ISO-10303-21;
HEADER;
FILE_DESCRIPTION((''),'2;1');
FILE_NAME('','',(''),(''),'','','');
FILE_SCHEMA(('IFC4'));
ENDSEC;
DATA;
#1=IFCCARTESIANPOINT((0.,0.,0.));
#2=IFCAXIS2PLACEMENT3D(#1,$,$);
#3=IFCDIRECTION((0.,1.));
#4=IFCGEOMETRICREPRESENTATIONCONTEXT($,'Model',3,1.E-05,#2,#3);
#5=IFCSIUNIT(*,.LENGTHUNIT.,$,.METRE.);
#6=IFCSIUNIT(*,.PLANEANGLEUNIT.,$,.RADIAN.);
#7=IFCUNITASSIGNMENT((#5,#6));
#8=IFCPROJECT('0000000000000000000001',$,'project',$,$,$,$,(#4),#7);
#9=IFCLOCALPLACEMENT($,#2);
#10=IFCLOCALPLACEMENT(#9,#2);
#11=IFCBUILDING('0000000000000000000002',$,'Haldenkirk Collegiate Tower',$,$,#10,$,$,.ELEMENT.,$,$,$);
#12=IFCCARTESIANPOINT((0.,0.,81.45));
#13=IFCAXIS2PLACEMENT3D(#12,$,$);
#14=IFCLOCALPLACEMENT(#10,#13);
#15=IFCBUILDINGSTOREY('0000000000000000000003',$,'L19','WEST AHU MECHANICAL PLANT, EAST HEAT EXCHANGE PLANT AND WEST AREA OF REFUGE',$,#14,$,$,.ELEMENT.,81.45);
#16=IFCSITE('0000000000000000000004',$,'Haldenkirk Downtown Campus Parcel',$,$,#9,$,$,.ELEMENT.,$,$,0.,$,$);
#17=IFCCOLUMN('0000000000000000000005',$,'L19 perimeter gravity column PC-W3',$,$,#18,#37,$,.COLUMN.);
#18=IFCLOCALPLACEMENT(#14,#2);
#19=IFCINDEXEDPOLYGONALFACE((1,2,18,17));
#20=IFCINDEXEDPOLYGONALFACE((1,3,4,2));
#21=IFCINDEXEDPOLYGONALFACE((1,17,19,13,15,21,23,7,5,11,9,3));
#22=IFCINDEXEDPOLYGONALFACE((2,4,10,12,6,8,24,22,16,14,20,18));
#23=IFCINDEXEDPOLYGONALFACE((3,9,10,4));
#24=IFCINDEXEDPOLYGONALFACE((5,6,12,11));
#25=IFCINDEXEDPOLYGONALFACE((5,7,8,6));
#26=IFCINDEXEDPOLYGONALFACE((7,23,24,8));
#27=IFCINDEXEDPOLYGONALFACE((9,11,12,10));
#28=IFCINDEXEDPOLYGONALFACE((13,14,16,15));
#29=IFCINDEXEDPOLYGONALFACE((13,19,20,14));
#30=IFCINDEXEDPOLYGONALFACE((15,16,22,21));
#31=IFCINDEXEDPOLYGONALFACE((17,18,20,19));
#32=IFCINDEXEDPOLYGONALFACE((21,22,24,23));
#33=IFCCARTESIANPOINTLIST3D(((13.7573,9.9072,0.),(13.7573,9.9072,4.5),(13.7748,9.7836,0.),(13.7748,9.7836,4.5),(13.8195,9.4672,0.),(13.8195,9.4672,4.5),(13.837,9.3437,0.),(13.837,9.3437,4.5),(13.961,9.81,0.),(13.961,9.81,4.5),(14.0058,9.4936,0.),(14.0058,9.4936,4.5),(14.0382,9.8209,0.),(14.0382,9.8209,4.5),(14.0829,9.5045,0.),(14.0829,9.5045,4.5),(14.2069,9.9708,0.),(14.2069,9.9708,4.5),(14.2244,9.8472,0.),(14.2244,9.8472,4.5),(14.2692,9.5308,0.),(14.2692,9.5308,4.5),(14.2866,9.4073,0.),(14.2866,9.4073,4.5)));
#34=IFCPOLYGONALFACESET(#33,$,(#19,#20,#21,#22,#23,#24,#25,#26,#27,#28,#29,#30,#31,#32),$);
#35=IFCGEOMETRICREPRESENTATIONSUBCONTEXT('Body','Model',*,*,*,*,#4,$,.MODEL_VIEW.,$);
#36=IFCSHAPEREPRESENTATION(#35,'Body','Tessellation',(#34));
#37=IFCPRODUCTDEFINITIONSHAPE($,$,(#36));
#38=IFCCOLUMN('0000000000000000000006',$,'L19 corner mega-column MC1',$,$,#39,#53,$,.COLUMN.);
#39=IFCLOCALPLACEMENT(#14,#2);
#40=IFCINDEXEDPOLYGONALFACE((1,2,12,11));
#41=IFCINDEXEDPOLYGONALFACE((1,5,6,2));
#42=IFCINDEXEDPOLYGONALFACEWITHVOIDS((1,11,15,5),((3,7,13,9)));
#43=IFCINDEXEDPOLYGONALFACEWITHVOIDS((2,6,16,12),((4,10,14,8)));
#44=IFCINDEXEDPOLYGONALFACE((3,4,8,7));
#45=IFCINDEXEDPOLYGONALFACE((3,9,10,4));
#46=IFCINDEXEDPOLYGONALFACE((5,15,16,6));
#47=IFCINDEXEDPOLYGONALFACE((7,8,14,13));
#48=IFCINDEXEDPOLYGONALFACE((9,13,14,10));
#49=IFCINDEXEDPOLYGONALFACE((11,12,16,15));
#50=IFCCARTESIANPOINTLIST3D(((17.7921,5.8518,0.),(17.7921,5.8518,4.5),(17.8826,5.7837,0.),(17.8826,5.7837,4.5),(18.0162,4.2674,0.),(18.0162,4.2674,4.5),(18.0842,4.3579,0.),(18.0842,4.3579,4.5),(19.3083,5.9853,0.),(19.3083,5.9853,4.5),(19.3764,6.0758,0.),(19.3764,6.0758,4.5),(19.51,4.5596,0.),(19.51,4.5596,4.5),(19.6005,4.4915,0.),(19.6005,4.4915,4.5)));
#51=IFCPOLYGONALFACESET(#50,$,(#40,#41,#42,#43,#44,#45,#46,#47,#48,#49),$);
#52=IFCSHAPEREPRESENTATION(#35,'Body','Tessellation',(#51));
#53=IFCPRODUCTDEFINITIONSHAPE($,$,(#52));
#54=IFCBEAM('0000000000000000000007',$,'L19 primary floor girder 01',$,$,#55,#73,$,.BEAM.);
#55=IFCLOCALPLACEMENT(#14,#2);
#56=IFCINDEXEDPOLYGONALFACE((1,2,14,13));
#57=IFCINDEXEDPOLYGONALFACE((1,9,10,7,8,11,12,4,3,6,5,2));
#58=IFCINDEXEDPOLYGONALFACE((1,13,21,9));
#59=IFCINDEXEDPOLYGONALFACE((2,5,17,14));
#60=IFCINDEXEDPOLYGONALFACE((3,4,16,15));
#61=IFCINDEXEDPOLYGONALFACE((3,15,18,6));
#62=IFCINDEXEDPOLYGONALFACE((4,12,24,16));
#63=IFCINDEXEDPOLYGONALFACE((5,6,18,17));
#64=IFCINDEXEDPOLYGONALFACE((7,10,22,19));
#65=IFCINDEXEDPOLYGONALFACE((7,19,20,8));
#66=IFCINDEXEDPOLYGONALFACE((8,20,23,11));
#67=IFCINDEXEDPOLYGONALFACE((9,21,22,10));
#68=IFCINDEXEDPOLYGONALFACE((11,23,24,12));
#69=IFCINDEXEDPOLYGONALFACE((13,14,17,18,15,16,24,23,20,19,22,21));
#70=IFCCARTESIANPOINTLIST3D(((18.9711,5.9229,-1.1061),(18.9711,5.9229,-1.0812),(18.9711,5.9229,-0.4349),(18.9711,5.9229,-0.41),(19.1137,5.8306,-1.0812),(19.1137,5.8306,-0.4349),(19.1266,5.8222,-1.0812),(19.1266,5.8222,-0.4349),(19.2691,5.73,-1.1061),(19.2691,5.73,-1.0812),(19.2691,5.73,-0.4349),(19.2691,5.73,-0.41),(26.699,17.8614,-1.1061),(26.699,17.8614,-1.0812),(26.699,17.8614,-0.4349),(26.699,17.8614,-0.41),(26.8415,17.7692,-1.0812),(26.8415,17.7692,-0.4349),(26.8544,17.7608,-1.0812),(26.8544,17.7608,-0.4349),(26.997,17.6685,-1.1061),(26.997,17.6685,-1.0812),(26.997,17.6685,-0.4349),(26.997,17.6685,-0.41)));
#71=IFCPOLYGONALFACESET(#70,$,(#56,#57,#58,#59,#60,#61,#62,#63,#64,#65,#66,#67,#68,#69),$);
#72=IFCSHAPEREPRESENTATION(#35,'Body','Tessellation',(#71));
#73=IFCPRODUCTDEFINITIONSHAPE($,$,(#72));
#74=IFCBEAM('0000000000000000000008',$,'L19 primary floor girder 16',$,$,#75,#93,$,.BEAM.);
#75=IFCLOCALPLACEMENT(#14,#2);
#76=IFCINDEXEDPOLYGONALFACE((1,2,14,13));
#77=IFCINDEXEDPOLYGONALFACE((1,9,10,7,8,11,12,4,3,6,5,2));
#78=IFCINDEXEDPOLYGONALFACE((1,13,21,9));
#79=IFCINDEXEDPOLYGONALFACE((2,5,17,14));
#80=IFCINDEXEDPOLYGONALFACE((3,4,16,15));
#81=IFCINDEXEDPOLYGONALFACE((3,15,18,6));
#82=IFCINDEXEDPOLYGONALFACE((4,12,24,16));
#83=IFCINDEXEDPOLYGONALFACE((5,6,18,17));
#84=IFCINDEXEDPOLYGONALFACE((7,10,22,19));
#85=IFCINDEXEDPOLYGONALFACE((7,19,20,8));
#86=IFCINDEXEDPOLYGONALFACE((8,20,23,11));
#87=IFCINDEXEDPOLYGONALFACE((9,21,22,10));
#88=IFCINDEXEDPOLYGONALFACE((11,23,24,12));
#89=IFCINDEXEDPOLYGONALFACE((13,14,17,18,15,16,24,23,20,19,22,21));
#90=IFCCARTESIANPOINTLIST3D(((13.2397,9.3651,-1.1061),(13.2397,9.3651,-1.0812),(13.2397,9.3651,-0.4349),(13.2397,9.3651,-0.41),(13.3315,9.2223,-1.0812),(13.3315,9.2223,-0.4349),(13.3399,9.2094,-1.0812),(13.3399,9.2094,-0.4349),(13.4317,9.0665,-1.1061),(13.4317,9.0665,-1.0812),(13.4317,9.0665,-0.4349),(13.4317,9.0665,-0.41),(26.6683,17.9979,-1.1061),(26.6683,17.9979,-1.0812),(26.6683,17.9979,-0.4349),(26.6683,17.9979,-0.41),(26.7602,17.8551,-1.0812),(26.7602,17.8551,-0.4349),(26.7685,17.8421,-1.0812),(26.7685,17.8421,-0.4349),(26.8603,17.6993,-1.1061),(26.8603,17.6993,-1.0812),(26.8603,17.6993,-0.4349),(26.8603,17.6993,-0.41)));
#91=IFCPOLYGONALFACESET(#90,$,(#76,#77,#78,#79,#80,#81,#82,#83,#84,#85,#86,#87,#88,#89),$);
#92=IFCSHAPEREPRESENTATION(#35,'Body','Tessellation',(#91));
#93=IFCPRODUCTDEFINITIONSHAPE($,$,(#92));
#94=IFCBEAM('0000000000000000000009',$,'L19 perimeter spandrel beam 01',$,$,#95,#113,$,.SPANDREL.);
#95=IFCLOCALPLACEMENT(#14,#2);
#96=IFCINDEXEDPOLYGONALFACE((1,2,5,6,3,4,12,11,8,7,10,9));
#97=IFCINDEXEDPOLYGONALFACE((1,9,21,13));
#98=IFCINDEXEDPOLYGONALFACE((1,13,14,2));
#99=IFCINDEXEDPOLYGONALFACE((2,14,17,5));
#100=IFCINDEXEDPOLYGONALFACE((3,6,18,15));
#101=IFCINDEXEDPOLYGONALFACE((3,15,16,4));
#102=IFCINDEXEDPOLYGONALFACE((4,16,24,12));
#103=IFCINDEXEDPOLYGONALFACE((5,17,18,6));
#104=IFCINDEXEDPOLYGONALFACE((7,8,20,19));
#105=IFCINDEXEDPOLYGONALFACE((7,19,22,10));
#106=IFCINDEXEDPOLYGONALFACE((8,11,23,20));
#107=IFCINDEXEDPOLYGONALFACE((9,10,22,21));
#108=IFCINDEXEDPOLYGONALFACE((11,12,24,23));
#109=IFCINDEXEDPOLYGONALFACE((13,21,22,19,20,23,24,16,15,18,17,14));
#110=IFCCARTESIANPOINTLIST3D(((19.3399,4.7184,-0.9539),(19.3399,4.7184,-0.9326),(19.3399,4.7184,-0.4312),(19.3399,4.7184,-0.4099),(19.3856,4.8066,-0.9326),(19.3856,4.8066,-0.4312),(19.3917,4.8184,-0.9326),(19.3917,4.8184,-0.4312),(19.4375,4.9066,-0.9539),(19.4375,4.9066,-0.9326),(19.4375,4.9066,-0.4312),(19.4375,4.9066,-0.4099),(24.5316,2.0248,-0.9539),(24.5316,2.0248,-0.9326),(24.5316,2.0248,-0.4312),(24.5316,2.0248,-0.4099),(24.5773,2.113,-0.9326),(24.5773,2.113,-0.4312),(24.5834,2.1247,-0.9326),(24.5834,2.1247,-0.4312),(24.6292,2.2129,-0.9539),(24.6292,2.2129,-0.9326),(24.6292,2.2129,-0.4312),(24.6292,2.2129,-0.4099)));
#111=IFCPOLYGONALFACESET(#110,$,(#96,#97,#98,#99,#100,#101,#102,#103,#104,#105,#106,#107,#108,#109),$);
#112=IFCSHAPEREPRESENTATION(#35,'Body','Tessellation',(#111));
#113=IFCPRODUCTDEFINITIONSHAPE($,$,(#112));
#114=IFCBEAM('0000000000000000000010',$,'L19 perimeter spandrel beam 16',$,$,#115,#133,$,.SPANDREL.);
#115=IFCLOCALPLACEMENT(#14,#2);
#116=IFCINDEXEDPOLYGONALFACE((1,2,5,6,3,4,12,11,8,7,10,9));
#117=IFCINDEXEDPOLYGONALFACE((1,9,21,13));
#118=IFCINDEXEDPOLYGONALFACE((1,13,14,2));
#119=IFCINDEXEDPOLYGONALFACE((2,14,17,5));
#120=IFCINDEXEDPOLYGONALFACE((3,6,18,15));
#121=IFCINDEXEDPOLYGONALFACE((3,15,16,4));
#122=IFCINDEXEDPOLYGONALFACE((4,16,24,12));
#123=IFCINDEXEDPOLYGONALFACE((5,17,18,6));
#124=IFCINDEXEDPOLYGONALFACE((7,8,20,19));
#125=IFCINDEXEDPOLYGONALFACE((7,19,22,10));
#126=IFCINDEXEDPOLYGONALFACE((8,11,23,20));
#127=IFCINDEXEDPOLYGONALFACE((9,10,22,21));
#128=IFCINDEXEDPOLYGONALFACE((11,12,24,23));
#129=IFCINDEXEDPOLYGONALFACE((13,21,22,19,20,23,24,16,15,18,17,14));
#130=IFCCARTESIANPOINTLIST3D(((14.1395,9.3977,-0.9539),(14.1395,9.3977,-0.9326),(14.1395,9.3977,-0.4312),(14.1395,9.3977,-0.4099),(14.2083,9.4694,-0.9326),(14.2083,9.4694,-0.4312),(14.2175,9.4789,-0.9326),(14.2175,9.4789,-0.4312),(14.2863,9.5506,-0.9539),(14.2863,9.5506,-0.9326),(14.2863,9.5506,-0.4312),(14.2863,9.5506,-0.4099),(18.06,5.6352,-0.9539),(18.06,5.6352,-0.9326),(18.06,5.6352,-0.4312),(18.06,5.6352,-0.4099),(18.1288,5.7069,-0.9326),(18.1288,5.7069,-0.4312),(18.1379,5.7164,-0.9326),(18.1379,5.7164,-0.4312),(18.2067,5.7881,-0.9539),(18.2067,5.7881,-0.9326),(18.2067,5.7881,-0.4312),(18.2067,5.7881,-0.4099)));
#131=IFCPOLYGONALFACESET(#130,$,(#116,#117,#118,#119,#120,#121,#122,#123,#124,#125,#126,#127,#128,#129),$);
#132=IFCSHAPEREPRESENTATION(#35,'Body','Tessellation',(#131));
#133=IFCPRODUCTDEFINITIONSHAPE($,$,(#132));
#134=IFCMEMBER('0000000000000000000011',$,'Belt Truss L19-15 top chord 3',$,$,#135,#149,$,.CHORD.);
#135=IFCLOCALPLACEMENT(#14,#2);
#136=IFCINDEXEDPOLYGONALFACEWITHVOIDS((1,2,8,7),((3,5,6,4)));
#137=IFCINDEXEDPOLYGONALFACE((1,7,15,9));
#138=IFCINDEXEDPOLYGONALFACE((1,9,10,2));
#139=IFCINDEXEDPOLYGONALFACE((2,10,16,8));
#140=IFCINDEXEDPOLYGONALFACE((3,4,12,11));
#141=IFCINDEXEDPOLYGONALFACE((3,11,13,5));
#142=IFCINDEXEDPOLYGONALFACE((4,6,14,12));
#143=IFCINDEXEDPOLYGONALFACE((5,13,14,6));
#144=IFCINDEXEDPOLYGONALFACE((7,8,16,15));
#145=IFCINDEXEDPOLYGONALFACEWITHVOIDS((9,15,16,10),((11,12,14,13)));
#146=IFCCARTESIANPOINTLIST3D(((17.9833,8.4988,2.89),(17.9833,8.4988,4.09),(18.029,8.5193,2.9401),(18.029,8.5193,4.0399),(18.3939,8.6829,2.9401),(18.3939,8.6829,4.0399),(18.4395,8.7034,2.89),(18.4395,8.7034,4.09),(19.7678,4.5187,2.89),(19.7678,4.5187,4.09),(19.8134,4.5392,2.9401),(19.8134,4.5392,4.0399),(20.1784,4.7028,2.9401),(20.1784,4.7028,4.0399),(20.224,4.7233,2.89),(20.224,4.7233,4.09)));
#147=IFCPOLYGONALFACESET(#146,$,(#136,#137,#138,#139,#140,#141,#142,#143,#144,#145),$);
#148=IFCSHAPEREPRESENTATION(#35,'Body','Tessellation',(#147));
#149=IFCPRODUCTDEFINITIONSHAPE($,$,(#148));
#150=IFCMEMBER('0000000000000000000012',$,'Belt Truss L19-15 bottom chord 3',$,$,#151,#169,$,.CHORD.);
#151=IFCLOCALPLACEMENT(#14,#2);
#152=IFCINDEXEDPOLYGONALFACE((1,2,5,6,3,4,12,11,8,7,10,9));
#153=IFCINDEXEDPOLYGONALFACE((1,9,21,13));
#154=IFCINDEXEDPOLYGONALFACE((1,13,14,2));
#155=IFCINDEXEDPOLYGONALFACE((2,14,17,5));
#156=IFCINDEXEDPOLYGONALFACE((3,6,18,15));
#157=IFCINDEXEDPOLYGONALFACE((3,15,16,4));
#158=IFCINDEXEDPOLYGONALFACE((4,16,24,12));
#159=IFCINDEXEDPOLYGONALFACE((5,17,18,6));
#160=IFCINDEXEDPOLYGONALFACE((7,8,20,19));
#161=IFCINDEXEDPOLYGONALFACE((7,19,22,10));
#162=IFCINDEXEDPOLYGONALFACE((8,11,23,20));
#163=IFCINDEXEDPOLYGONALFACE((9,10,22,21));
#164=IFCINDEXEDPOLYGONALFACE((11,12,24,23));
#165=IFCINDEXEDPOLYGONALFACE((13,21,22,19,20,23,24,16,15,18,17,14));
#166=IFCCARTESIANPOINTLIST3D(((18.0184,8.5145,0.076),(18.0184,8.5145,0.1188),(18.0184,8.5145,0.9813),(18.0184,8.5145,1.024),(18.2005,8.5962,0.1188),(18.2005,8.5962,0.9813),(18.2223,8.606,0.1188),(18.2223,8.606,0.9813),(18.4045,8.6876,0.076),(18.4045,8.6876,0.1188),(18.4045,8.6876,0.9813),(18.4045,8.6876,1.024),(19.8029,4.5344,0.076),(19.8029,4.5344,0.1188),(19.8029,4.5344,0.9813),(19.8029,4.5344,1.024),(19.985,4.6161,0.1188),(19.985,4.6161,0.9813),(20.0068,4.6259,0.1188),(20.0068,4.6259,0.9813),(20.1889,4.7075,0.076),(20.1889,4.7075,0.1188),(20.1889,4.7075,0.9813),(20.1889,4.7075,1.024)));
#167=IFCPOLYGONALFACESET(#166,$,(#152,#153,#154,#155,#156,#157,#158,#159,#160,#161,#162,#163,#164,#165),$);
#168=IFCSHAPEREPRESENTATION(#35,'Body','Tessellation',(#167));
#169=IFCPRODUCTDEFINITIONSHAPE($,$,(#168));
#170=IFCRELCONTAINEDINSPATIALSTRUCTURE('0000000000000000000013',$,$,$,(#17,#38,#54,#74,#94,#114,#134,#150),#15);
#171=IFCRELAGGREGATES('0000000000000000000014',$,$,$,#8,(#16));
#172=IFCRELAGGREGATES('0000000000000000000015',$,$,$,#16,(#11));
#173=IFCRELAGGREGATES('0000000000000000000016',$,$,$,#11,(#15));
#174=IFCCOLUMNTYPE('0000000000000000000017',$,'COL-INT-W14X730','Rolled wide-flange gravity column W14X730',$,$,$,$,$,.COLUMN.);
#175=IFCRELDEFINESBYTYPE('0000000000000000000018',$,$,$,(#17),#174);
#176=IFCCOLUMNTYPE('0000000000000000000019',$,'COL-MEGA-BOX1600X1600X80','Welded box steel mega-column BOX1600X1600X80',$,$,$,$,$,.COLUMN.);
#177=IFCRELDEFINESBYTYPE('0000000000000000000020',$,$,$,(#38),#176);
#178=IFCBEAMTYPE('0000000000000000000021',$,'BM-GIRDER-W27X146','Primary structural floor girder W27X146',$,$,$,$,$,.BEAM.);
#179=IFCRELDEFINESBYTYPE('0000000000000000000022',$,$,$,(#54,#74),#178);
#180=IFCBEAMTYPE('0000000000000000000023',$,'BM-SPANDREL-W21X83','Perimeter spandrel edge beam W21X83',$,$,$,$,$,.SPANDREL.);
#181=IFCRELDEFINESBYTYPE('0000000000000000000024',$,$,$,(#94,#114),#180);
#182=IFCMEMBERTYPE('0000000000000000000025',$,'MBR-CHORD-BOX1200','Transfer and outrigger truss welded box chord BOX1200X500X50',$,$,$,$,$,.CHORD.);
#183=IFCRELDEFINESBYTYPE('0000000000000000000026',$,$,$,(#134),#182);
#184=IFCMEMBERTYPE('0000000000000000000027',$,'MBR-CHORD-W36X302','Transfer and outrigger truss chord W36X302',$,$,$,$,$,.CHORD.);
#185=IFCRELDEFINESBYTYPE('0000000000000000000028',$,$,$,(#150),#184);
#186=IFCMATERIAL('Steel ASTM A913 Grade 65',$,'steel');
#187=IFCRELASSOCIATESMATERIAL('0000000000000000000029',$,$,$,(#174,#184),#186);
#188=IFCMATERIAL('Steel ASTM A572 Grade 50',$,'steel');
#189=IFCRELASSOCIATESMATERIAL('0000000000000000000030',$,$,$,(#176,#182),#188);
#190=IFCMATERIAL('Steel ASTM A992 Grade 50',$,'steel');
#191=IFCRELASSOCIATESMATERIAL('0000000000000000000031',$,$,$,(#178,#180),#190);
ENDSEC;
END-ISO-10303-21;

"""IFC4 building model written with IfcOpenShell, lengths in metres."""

from ifc_helpers import new_model, si_unit, direction, frame, origin, origin_2d, place, context, subcontext, project, spatial, hollow_rectangle, i_section, extrude, material, material_profile, profile_set, type_object, element, save


model = new_model("IFC4")

# Units and contexts
model_context = context("Model", 3, precision=1e-05, world=origin(), true_north=direction((0.0, 1.0)))
body_context = subcontext(model_context, "Body", "Model", "MODEL_VIEW")
ifc_project = project(units=[si_unit("LENGTHUNIT", "METRE"), si_unit("PLANEANGLEUNIT", "RADIAN")], contexts=[model_context])

# Site, building, storey
site_placement = place(None, origin())
site = spatial("IfcSite", under=ifc_project, at=site_placement, Name="Haldenkirk Downtown Campus Parcel", CompositionType="ELEMENT", RefElevation=0.0)
building_placement = place(site_placement, origin())
building = spatial("IfcBuilding", under=site, at=building_placement, Name="Haldenkirk Collegiate Tower", CompositionType="ELEMENT")
storey_placement = place(building_placement, frame((0.0, 0.0, 81.45)))
storey = spatial("IfcBuildingStorey", under=building, at=storey_placement, Name="L19", Description="WEST AHU MECHANICAL PLANT, EAST HEAT EXCHANGE PLANT AND WEST AREA OF REFUGE", CompositionType="ELEMENT", Elevation=81.45)

# Columns
ifc_material_1 = material(Name="Steel ASTM A913 Grade 65", Category="steel")
ifc_material_profile_1 = material_profile(ifc_material_1, i_section(OverallWidth=0.4541, OverallDepth=0.5691, WebThickness=0.0779, FlangeThickness=0.1248, at=origin_2d()), Name="W14X730")
ifc_profile_set_1 = profile_set([ifc_material_profile_1], Name="Steel ASTM A913 Grade 65")
column_type_1 = type_object("IfcColumnType", Name="COL-INT-W14X730", Description="Rolled wide-flange gravity column W14X730", PredefinedType="COLUMN", material=ifc_profile_set_1)
column_1_placement = place(storey_placement, frame((14.022, 9.6572, 0.0), z_axis=(0.0, 0.0, 1.0), x_axis=(0.990146, 0.140037, 0.0)))
element("IfcColumn", 1, at=column_1_placement, inside=storey, type_object=column_type_1, Name="L19 perimeter gravity column PC-W3", PredefinedType="COLUMN", context=body_context, shape_type="SweptSolid", body=[
    extrude(i_section(OverallWidth=0.4541, OverallDepth=0.5691, WebThickness=0.0779, FlangeThickness=0.1248, at=origin_2d()), origin(), (0.0, 0.0, 1.0), 4.5),
])
ifc_material_2 = material(Name="Steel ASTM A572 Grade 50", Category="steel")
ifc_material_profile_2 = material_profile(ifc_material_2, hollow_rectangle(XDim=1.6001, YDim=1.6001, WallThickness=0.0801, at=origin_2d()), Name="BOX1600X1600X80")
ifc_profile_set_2 = profile_set([ifc_material_profile_2], Name="Steel ASTM A572 Grade 50")
column_type_2 = type_object("IfcColumnType", Name="COL-MEGA-BOX1600X1600X80", Description="Welded box steel mega-column BOX1600X1600X80", PredefinedType="COLUMN", material=ifc_profile_set_2)
column_2_placement = place(storey_placement, frame((18.6963, 5.1716, 0.0), z_axis=(0.0, 0.0, 1.0), x_axis=(0.990146, 0.140037, 0.0)))
element("IfcColumn", 2, at=column_2_placement, inside=storey, type_object=column_type_2, Name="L19 corner mega-column MC1", PredefinedType="COLUMN", context=body_context, shape_type="SweptSolid", body=[
    extrude(hollow_rectangle(XDim=1.6001, YDim=1.6001, WallThickness=0.0801, at=origin_2d()), origin(), (0.0, 0.0, 1.0), 4.5),
])

# Beams
ifc_material_3 = material(Name="Steel ASTM A992 Grade 50", Category="steel")
ifc_material_profile_3 = material_profile(ifc_material_3, i_section(OverallWidth=0.355, OverallDepth=0.696, WebThickness=0.0154, FlangeThickness=0.0249, at=origin_2d()), Name="W27X146")
ifc_profile_set_3 = profile_set([ifc_material_profile_3], Name="Steel ASTM A992 Grade 50")
beam_type_1 = type_object("IfcBeamType", Name="BM-GIRDER-W27X146", Description="Primary structural floor girder W27X146", PredefinedType="BEAM", material=ifc_profile_set_3)
beam_1_placement = place(storey_placement, frame((19.1201, 5.8264, -0.7581), z_axis=(0.543394, 0.839478, 0.0), x_axis=(-0.839478, 0.543394, 0.0)))
element("IfcBeam", 3, at=beam_1_placement, inside=storey, type_object=beam_type_1, Name="L19 primary floor girder 01", PredefinedType="BEAM", context=body_context, shape_type="SweptSolid", body=[
    extrude(i_section(OverallWidth=0.355, OverallDepth=0.696, WebThickness=0.0154, FlangeThickness=0.0249, at=origin_2d()), origin(), (0.0, 0.0, 1.0), 14.2214),
])
beam_2_placement = place(storey_placement, frame((13.3357, 9.2158, -0.7581), z_axis=(0.841176, 0.540761, 0.0), x_axis=(-0.540761, 0.841176, 0.0)))
element("IfcBeam", 4, at=beam_2_placement, inside=storey, type_object=beam_type_1, Name="L19 primary floor girder 16", PredefinedType="BEAM", context=body_context, shape_type="SweptSolid", body=[
    extrude(i_section(OverallWidth=0.355, OverallDepth=0.696, WebThickness=0.0154, FlangeThickness=0.0249, at=origin_2d()), origin(), (0.0, 0.0, 1.0), 15.9641),
])
ifc_material_profile_4 = material_profile(ifc_material_3, i_section(OverallWidth=0.2119, OverallDepth=0.5439, WebThickness=0.0132, FlangeThickness=0.0212, at=origin_2d()), Name="W21X83")
ifc_profile_set_4 = profile_set([ifc_material_profile_4], Name="Steel ASTM A992 Grade 50")
beam_type_2 = type_object("IfcBeamType", Name="BM-SPANDREL-W21X83", Description="Perimeter spandrel edge beam W21X83", PredefinedType="SPANDREL", material=ifc_profile_set_4)
beam_3_placement = place(storey_placement, frame((19.3887, 4.8125, -0.6819), z_axis=(0.88764, -0.460538, 0.0), x_axis=(0.460538, 0.88764, 0.0)))
element("IfcBeam", 5, at=beam_3_placement, inside=storey, type_object=beam_type_2, Name="L19 perimeter spandrel beam 01", PredefinedType="SPANDREL", context=body_context, shape_type="SweptSolid", body=[
    extrude(i_section(OverallWidth=0.2119, OverallDepth=0.5439, WebThickness=0.0132, FlangeThickness=0.0212, at=origin_2d()), origin(), (0.0, 0.0, 1.0), 5.8489),
])
beam_4_placement = place(storey_placement, frame((14.2129, 9.4741, -0.6819), z_axis=(0.721492, -0.692422, 0.0), x_axis=(0.692422, 0.721492, 0.0)))
element("IfcBeam", 6, at=beam_4_placement, inside=storey, type_object=beam_type_2, Name="L19 perimeter spandrel beam 16", PredefinedType="SPANDREL", context=body_context, shape_type="SweptSolid", body=[
    extrude(i_section(OverallWidth=0.2119, OverallDepth=0.5439, WebThickness=0.0132, FlangeThickness=0.0212, at=origin_2d()), origin(), (0.0, 0.0, 1.0), 5.4338),
])

# Members
ifc_material_profile_5 = material_profile(ifc_material_2, hollow_rectangle(XDim=0.5, YDim=1.2, WallThickness=0.05, at=origin_2d()), Name="BOX1200X500X50")
ifc_profile_set_5 = profile_set([ifc_material_profile_5], Name="Steel ASTM A572 Grade 50")
member_type_1 = type_object("IfcMemberType", Name="MBR-CHORD-BOX1200", Description="Transfer and outrigger truss welded box chord BOX1200X500X50", PredefinedType="CHORD", material=ifc_profile_set_5)
member_1_placement = place(storey_placement, frame((18.2114, 8.6011, 3.49), z_axis=(0.409112, -0.912484, 0.0), x_axis=(0.912484, 0.409112, 0.0)))
element("IfcMember", 7, at=member_1_placement, inside=storey, type_object=member_type_1, Name="Belt Truss L19-15 top chord 3", PredefinedType="CHORD", context=body_context, shape_type="SweptSolid", body=[
    extrude(hollow_rectangle(XDim=0.5, YDim=1.2, WallThickness=0.05, at=origin_2d()), origin(), (0.0, 0.0, 1.0), 4.3618),
])
ifc_material_profile_6 = material_profile(ifc_material_1, i_section(OverallWidth=0.4231, OverallDepth=0.948, WebThickness=0.0239, FlangeThickness=0.0427, at=origin_2d()), Name="W36X302")
ifc_profile_set_6 = profile_set([ifc_material_profile_6], Name="Steel ASTM A913 Grade 65")
member_type_2 = type_object("IfcMemberType", Name="MBR-CHORD-W36X302", Description="Transfer and outrigger truss chord W36X302", PredefinedType="CHORD", material=ifc_profile_set_6)
member_2_placement = place(storey_placement, frame((18.2114, 8.6011, 0.55), z_axis=(0.409112, -0.912484, 0.0), x_axis=(0.912484, 0.409112, 0.0)))
element("IfcMember", 8, at=member_2_placement, inside=storey, type_object=member_type_2, Name="Belt Truss L19-15 bottom chord 3", PredefinedType="CHORD", context=body_context, shape_type="SweptSolid", body=[
    extrude(i_section(OverallWidth=0.4231, OverallDepth=0.948, WebThickness=0.0239, FlangeThickness=0.0427, at=origin_2d()), origin(), (0.0, 0.0, 1.0), 4.3618),
])

save(model, "model.ifc")
